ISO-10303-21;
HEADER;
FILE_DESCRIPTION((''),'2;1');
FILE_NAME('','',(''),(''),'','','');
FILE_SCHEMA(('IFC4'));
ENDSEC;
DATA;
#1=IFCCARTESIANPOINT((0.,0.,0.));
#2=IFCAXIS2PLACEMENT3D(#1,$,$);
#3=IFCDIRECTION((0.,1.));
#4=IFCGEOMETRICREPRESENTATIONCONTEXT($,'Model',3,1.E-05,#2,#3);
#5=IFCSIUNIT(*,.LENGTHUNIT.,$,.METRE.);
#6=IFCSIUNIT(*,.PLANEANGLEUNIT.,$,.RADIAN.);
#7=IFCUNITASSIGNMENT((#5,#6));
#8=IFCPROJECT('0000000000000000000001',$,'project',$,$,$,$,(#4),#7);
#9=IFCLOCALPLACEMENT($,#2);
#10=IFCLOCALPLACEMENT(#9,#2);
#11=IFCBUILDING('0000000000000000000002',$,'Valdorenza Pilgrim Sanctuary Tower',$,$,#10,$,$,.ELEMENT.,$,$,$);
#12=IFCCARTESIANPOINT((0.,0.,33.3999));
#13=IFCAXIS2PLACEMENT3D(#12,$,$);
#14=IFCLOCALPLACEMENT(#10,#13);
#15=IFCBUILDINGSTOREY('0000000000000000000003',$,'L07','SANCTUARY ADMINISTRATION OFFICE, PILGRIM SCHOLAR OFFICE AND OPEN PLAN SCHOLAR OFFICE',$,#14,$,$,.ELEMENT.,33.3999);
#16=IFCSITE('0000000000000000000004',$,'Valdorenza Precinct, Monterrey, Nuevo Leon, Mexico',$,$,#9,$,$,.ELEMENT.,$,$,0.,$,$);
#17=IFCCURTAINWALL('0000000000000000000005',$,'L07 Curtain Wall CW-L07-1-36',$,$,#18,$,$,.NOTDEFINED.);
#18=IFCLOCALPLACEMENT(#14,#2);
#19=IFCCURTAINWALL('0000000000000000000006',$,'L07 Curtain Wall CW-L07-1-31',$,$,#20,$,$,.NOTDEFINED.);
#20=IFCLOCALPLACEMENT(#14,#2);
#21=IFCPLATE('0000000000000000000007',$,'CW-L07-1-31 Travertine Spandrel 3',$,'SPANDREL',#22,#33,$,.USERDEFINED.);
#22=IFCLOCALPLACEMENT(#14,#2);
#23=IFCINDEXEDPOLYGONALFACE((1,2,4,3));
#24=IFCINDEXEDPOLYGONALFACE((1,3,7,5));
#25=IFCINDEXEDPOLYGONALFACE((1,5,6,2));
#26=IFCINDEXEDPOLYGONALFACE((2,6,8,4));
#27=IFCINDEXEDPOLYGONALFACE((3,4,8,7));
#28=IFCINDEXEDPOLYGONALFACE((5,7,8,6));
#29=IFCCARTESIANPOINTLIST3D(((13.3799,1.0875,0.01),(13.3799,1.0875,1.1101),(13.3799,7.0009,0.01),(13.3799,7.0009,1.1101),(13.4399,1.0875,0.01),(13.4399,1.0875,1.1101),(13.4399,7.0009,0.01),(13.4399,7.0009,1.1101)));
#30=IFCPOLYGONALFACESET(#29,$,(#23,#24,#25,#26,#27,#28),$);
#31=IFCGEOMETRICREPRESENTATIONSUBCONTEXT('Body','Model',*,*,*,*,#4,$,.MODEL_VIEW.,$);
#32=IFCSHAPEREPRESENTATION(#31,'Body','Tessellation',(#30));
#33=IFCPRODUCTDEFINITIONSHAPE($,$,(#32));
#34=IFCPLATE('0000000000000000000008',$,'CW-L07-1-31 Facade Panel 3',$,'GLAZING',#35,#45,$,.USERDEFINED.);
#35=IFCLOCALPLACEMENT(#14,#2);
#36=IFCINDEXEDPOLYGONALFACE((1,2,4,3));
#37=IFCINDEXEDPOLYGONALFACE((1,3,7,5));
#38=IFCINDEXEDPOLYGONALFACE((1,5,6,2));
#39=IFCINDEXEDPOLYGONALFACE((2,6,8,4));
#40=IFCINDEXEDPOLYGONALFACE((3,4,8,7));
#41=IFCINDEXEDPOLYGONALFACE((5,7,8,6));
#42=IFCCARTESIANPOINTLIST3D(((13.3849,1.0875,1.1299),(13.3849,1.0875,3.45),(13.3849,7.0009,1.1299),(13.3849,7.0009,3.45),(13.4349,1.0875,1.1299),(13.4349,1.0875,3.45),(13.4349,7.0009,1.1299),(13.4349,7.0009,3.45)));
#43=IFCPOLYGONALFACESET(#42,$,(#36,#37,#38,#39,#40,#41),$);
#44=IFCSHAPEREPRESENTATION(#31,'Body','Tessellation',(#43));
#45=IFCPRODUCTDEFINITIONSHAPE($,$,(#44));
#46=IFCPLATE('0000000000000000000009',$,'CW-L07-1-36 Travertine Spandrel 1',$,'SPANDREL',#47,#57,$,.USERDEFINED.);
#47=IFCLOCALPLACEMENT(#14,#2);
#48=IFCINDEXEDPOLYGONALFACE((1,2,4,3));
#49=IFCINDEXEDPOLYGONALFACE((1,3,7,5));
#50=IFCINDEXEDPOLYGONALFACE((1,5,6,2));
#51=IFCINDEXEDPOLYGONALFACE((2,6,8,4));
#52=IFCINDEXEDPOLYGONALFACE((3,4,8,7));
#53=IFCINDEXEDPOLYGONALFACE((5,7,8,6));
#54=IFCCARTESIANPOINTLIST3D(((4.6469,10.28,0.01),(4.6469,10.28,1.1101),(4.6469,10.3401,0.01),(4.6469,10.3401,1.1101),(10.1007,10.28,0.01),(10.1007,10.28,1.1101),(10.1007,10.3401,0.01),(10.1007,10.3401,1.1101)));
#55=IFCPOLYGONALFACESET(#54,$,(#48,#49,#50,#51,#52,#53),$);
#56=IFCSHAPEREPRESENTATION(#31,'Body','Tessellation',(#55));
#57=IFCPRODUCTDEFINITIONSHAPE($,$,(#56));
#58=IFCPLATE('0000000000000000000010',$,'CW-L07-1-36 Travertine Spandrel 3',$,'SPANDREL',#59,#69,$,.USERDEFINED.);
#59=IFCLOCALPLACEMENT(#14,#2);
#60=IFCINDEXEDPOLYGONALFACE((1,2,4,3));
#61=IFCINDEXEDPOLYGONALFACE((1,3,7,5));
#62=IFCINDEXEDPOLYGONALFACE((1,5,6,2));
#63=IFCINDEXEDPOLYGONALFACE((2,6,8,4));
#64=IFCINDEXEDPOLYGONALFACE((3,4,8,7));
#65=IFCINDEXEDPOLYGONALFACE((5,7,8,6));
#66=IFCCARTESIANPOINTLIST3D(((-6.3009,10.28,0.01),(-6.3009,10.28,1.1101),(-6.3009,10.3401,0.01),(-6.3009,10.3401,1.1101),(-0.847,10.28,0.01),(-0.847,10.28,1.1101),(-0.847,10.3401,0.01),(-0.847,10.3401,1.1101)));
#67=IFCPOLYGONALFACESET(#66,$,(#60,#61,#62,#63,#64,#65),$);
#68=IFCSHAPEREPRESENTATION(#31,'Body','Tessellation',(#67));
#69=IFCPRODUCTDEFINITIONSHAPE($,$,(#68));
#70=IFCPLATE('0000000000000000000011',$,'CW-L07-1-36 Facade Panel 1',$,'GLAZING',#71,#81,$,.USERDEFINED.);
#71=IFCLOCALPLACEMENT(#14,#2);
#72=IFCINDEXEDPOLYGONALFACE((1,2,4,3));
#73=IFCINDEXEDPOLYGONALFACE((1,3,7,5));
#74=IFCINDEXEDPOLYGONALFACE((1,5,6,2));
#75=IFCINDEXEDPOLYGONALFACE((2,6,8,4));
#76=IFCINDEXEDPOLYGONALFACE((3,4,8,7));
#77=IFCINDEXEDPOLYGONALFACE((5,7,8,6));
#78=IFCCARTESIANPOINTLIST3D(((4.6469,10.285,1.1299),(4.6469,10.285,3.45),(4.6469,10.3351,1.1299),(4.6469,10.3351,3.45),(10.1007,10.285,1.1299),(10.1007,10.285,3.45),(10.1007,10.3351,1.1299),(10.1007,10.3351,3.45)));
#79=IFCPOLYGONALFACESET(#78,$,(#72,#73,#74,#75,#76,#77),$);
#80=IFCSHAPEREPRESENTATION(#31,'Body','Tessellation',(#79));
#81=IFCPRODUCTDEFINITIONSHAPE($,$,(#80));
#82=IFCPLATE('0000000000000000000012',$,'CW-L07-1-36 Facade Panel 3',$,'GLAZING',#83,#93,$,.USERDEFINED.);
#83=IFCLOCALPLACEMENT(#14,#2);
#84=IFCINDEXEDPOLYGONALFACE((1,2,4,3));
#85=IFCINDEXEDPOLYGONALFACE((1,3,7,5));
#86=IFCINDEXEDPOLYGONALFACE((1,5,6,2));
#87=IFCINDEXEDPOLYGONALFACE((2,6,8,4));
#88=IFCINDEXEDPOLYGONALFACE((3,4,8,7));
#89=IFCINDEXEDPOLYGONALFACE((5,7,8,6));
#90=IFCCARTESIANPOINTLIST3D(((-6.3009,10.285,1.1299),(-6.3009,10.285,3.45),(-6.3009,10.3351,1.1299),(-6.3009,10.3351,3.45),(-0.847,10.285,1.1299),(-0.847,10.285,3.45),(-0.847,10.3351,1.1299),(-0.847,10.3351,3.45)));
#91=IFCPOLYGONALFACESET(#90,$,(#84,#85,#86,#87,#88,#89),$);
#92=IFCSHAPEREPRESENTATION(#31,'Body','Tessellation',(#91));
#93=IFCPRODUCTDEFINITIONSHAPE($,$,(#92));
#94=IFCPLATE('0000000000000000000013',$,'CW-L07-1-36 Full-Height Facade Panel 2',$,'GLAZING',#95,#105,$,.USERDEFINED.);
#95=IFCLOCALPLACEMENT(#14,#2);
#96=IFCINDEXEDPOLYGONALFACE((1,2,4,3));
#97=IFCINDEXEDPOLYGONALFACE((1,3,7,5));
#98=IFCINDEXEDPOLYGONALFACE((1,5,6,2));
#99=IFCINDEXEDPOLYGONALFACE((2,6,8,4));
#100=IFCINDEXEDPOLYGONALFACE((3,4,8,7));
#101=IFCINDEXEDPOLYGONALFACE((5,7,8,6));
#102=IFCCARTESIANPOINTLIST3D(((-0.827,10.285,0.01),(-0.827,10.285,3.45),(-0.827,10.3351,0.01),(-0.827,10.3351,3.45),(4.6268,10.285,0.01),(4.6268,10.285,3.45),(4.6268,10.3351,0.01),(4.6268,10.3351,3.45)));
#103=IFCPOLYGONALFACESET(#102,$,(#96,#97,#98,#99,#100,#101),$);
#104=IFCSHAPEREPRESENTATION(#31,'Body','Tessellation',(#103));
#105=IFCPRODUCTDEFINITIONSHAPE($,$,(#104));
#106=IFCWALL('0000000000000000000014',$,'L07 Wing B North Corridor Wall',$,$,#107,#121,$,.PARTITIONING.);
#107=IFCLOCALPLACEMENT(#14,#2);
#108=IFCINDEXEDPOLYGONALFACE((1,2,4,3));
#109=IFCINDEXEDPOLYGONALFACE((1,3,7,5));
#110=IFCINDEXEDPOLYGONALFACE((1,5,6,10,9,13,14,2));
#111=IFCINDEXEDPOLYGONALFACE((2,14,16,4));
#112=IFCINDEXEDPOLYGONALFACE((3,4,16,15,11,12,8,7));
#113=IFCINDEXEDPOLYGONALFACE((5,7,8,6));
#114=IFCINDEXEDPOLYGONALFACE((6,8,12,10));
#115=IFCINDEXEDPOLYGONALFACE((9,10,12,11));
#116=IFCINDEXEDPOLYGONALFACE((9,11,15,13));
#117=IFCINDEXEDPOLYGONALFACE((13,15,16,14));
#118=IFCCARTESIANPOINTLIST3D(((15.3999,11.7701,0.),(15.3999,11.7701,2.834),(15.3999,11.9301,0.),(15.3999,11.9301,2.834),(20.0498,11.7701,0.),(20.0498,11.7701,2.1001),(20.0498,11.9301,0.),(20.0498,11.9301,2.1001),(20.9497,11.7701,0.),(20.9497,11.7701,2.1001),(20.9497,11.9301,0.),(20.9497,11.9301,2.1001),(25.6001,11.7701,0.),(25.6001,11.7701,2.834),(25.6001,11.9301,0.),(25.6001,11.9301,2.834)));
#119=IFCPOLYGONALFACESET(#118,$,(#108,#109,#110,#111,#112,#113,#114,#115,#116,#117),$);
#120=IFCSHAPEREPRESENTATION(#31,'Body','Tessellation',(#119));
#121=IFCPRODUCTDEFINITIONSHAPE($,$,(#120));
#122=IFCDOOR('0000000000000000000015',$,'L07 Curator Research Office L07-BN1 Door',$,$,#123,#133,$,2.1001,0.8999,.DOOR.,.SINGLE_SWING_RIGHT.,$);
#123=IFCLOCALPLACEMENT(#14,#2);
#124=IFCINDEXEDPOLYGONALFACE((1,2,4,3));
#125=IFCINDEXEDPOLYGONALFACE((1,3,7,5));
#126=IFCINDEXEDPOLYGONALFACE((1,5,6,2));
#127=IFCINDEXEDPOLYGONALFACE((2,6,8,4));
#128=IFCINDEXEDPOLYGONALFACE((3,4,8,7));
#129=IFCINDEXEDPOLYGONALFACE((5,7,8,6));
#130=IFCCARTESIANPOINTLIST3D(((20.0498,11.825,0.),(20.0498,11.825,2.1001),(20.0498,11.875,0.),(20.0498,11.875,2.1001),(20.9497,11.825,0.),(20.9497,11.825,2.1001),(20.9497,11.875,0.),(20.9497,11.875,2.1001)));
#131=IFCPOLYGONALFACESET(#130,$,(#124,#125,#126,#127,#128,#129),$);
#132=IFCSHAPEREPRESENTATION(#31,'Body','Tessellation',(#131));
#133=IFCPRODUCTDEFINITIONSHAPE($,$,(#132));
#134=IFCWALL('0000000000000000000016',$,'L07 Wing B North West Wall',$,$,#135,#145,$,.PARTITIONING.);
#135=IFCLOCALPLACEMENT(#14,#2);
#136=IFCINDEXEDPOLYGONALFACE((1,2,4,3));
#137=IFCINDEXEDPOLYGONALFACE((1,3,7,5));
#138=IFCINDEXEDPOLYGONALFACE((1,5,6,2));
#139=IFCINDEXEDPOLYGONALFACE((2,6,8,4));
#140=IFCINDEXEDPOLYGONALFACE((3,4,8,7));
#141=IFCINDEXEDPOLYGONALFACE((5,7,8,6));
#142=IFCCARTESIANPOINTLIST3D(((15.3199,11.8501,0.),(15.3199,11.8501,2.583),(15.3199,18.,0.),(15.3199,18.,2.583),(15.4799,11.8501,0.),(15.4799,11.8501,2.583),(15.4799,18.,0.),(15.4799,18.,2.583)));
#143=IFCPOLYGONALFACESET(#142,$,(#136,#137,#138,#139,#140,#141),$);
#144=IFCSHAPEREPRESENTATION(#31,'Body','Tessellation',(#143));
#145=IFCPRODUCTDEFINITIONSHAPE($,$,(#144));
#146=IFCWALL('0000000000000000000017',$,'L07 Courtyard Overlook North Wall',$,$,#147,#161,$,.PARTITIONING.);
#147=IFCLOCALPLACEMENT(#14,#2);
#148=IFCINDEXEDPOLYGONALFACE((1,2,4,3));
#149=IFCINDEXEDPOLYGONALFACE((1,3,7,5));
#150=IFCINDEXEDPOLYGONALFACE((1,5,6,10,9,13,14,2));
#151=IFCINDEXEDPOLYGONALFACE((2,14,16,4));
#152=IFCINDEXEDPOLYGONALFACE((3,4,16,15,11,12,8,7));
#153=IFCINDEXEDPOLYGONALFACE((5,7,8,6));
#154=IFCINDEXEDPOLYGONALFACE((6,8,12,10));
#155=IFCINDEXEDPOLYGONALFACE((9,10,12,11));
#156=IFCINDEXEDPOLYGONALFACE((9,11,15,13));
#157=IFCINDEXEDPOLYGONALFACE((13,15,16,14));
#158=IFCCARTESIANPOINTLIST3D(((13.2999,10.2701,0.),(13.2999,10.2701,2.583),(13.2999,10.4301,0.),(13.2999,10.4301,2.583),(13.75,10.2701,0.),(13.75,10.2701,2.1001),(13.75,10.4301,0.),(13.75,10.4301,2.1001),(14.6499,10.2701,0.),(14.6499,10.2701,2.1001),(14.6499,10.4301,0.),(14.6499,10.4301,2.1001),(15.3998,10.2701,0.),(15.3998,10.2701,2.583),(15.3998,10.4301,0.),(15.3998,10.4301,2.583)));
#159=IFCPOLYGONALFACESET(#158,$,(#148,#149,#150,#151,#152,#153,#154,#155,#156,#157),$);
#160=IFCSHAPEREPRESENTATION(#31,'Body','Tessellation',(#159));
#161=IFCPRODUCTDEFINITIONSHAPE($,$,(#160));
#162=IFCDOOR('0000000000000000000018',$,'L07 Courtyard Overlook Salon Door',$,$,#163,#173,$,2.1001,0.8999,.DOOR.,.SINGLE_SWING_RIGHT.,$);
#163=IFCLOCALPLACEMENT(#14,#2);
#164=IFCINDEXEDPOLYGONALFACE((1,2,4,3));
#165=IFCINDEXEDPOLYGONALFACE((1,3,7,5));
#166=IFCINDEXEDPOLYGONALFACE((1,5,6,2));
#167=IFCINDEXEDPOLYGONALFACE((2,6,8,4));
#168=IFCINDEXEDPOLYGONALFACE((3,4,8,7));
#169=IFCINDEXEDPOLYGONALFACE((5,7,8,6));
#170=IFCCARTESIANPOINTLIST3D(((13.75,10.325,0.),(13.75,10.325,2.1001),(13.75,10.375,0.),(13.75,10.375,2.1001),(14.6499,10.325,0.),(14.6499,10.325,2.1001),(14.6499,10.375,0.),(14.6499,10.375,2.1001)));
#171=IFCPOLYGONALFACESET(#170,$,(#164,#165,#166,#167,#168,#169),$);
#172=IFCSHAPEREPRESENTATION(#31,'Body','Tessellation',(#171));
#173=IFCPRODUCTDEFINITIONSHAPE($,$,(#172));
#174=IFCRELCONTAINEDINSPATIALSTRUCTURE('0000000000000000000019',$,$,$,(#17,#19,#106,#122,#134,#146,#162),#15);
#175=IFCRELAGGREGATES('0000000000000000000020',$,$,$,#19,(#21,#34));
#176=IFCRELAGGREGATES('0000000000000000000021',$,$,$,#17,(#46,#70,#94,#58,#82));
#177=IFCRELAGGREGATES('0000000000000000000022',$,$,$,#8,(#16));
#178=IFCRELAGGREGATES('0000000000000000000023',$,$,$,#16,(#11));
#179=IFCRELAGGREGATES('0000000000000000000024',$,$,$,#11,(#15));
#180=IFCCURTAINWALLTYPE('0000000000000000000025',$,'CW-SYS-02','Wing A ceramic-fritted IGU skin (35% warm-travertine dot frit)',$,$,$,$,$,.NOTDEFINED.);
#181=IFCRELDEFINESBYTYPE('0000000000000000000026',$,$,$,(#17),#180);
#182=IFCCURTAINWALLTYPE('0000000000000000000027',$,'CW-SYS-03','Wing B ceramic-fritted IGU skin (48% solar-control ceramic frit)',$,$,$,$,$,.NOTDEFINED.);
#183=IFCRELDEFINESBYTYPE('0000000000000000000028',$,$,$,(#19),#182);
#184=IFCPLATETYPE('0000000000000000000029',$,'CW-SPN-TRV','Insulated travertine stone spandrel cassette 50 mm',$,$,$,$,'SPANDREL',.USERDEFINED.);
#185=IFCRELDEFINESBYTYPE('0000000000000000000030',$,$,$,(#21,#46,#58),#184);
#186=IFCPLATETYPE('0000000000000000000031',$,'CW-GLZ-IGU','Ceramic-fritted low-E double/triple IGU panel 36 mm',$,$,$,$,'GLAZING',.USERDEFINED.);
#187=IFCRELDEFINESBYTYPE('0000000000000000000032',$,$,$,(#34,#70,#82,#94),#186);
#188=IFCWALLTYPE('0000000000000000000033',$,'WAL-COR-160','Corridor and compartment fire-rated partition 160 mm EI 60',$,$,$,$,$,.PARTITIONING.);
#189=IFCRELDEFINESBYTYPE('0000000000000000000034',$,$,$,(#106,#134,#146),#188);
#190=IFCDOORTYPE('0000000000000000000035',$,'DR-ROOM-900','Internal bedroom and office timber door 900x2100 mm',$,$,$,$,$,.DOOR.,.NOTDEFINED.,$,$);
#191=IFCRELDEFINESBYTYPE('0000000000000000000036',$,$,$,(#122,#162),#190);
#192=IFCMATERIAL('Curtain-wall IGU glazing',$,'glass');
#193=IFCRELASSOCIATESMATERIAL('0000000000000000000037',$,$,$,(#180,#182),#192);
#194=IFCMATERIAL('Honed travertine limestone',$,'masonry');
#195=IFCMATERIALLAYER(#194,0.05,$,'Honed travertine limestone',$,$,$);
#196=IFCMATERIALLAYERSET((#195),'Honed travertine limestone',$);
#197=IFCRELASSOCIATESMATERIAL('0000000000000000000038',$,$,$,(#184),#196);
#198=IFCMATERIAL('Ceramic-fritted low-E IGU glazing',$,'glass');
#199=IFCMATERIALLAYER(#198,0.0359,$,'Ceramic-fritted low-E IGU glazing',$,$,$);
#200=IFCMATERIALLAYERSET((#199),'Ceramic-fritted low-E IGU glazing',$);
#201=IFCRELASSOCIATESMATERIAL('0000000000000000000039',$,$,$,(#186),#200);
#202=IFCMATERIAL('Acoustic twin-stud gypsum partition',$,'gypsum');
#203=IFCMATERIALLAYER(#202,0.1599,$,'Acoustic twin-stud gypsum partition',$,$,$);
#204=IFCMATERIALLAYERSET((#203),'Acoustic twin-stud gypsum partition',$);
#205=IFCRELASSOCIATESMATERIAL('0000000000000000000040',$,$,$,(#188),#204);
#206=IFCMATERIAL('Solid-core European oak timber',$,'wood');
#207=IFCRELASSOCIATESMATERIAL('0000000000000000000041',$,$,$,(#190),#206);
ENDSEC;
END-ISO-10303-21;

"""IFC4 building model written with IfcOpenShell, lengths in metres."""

from ifc_helpers import new_model, si_unit, direction, frame, frame_2d, origin, origin_2d, place, context, subcontext, project, spatial, rectangle, extrude, source, transform, mapped, material, layer, layer_set, type_object, element, fill, aggregate, save


model = new_model("IFC4")

# Units and contexts
model_context = context("Model", 3, precision=1e-05, world=origin(), true_north=direction((0.0, 1.0)))
body_context = subcontext(model_context, "Body", "Model", "MODEL_VIEW")
ifc_project = project(units=[si_unit("LENGTHUNIT", "METRE"), si_unit("PLANEANGLEUNIT", "RADIAN")], contexts=[model_context])

# Site, building, storey
site_placement = place(None, origin())
site = spatial("IfcSite", under=ifc_project, at=site_placement, Name="Valdorenza Precinct, Monterrey, Nuevo Leon, Mexico", CompositionType="ELEMENT", RefElevation=0.0)
building_placement = place(site_placement, origin())
building = spatial("IfcBuilding", under=site, at=building_placement, Name="Valdorenza Pilgrim Sanctuary Tower", CompositionType="ELEMENT")
storey_placement = place(building_placement, frame((0.0, 0.0, 33.3999)))
storey = spatial("IfcBuildingStorey", under=building, at=storey_placement, Name="L07", Description="SANCTUARY ADMINISTRATION OFFICE, PILGRIM SCHOLAR OFFICE AND OPEN PLAN SCHOLAR OFFICE", CompositionType="ELEMENT", Elevation=33.3999)

# Curtain wall
ifc_material_1 = material(Name="Curtain-wall IGU glazing", Category="glass")
curtain_wall_type_1 = type_object("IfcCurtainWallType", Name="CW-SYS-02", Description="Wing A ceramic-fritted IGU skin (35% warm-travertine dot frit)", PredefinedType="NOTDEFINED", material=ifc_material_1)
curtain_wall_1_placement = place(storey_placement, origin())
curtain_wall_1 = element("IfcCurtainWall", 1, at=curtain_wall_1_placement, inside=storey, type_object=curtain_wall_type_1, Name="L07 Curtain Wall CW-L07-1-36", PredefinedType="NOTDEFINED")

# Curtain wall, plates
curtain_wall_type_2 = type_object("IfcCurtainWallType", Name="CW-SYS-03", Description="Wing B ceramic-fritted IGU skin (48% solar-control ceramic frit)", PredefinedType="NOTDEFINED", material=ifc_material_1)
curtain_wall_2_placement = place(storey_placement, origin())
curtain_wall_2 = element("IfcCurtainWall", 2, at=curtain_wall_2_placement, inside=storey, type_object=curtain_wall_type_2, Name="L07 Curtain Wall CW-L07-1-31", PredefinedType="NOTDEFINED")
ifc_material_2 = material(Name="Honed travertine limestone", Category="masonry")
ifc_layer_1 = layer(ifc_material_2, 0.05, Name="Honed travertine limestone")
ifc_layer_set_1 = layer_set([ifc_layer_1], Name="Honed travertine limestone")
plate_type_1 = type_object("IfcPlateType", Name="CW-SPN-TRV", Description="Insulated travertine stone spandrel cassette 50 mm", ElementType="SPANDREL", PredefinedType="USERDEFINED", material=ifc_layer_set_1)
shared_shape_1 = source(origin(), body_context, "Body", "SweptSolid", [
    extrude(rectangle(XDim=5.9133, YDim=0.0601, at=origin_2d()), origin(), (0.0, 0.0, 1.0), 1.1001),
])
plate_1_placement = place(storey_placement, frame((13.4099, 4.0442, 0.01), z_axis=(0.0, 0.0, 1.0), x_axis=(0.0, 1.0, 0.0)))
plate_1 = element("IfcPlate", 3, at=plate_1_placement, type_object=plate_type_1, Name="CW-L07-1-31 Travertine Spandrel 3", ObjectType="SPANDREL", PredefinedType="USERDEFINED", context=body_context, shape_type="MappedRepresentation", body=[
    mapped(shared_shape_1, transform((0.0, 0.0, 0.0), x_axis=(1.0, 0.0, 0.0), y_axis=(0.0, 1.0, 0.0), z_axis=(0.0, 0.0, 1.0), scale=1.0)),
])
ifc_material_3 = material(Name="Ceramic-fritted low-E IGU glazing", Category="glass")
ifc_layer_2 = layer(ifc_material_3, 0.0359, Name="Ceramic-fritted low-E IGU glazing")
ifc_layer_set_2 = layer_set([ifc_layer_2], Name="Ceramic-fritted low-E IGU glazing")
plate_type_2 = type_object("IfcPlateType", Name="CW-GLZ-IGU", Description="Ceramic-fritted low-E double/triple IGU panel 36 mm", ElementType="GLAZING", PredefinedType="USERDEFINED", material=ifc_layer_set_2)
shared_shape_2 = source(origin(), body_context, "Body", "SweptSolid", [
    extrude(rectangle(XDim=5.9133, YDim=0.05, at=origin_2d()), origin(), (0.0, 0.0, 1.0), 2.3201),
])
plate_2_placement = place(storey_placement, frame((13.4099, 4.0442, 1.1299), z_axis=(0.0, 0.0, 1.0), x_axis=(0.0, 1.0, 0.0)))
plate_2 = element("IfcPlate", 4, at=plate_2_placement, type_object=plate_type_2, Name="CW-L07-1-31 Facade Panel 3", ObjectType="GLAZING", PredefinedType="USERDEFINED", context=body_context, shape_type="MappedRepresentation", body=[
    mapped(shared_shape_2, transform((0.0, 0.0, 0.0), x_axis=(1.0, 0.0, 0.0), y_axis=(0.0, 1.0, 0.0), z_axis=(0.0, 0.0, 1.0), scale=1.0)),
])
aggregate(curtain_wall_2, [plate_1, plate_2])

# Plates
shared_shape_3 = source(origin(), body_context, "Body", "SweptSolid", [
    extrude(rectangle(XDim=5.4539, YDim=0.0601, at=origin_2d()), origin(), (0.0, 0.0, 1.0), 1.1001),
])
plate_3_placement = place(storey_placement, frame((7.3738, 10.3101, 0.01), z_axis=(0.0, 0.0, 1.0), x_axis=(-1.0, 0.0, 0.0)))
plate_3 = element("IfcPlate", 5, at=plate_3_placement, type_object=plate_type_1, Name="CW-L07-1-36 Travertine Spandrel 1", ObjectType="SPANDREL", PredefinedType="USERDEFINED", context=body_context, shape_type="MappedRepresentation", body=[
    mapped(shared_shape_3, transform((0.0, 0.0, 0.0), x_axis=(1.0, 0.0, 0.0), y_axis=(0.0, 1.0, 0.0), z_axis=(0.0, 0.0, 1.0), scale=1.0)),
])
plate_4_placement = place(storey_placement, frame((-3.574, 10.3101, 0.01), z_axis=(0.0, 0.0, 1.0), x_axis=(-1.0, 0.0, 0.0)))
plate_4 = element("IfcPlate", 6, at=plate_4_placement, type_object=plate_type_1, Name="CW-L07-1-36 Travertine Spandrel 3", ObjectType="SPANDREL", PredefinedType="USERDEFINED", context=body_context, shape_type="MappedRepresentation", body=[
    mapped(shared_shape_3, transform((0.0, 0.0, 0.0), x_axis=(1.0, 0.0, 0.0), y_axis=(0.0, 1.0, 0.0), z_axis=(0.0, 0.0, 1.0), scale=1.0)),
])
shared_shape_4 = source(origin(), body_context, "Body", "SweptSolid", [
    extrude(rectangle(XDim=5.4539, YDim=0.05, at=origin_2d()), origin(), (0.0, 0.0, 1.0), 2.3201),
])
plate_5_placement = place(storey_placement, frame((7.3738, 10.3101, 1.1299), z_axis=(0.0, 0.0, 1.0), x_axis=(-1.0, 0.0, 0.0)))
plate_5 = element("IfcPlate", 7, at=plate_5_placement, type_object=plate_type_2, Name="CW-L07-1-36 Facade Panel 1", ObjectType="GLAZING", PredefinedType="USERDEFINED", context=body_context, shape_type="MappedRepresentation", body=[
    mapped(shared_shape_4, transform((0.0, 0.0, 0.0), x_axis=(1.0, 0.0, 0.0), y_axis=(0.0, 1.0, 0.0), z_axis=(0.0, 0.0, 1.0), scale=1.0)),
])
plate_6_placement = place(storey_placement, frame((-3.574, 10.3101, 1.1299), z_axis=(0.0, 0.0, 1.0), x_axis=(-1.0, 0.0, 0.0)))
plate_6 = element("IfcPlate", 8, at=plate_6_placement, type_object=plate_type_2, Name="CW-L07-1-36 Facade Panel 3", ObjectType="GLAZING", PredefinedType="USERDEFINED", context=body_context, shape_type="MappedRepresentation", body=[
    mapped(shared_shape_4, transform((0.0, 0.0, 0.0), x_axis=(1.0, 0.0, 0.0), y_axis=(0.0, 1.0, 0.0), z_axis=(0.0, 0.0, 1.0), scale=1.0)),
])
shared_shape_5 = source(origin(), body_context, "Body", "SweptSolid", [
    extrude(rectangle(XDim=5.4539, YDim=0.05, at=origin_2d()), origin(), (0.0, 0.0, 1.0), 3.4399),
])
plate_7_placement = place(storey_placement, frame((1.8999, 10.3101, 0.01), z_axis=(0.0, 0.0, 1.0), x_axis=(-1.0, 0.0, 0.0)))
plate_7 = element("IfcPlate", 9, at=plate_7_placement, type_object=plate_type_2, Name="CW-L07-1-36 Full-Height Facade Panel 2", ObjectType="GLAZING", PredefinedType="USERDEFINED", context=body_context, shape_type="MappedRepresentation", body=[
    mapped(shared_shape_5, transform((0.0, 0.0, 0.0), x_axis=(1.0, 0.0, 0.0), y_axis=(0.0, 1.0, 0.0), z_axis=(0.0, 0.0, 1.0), scale=1.0)),
])
aggregate(curtain_wall_1, [plate_3, plate_5, plate_7, plate_4, plate_6])

# Wall, opening, door
ifc_material_4 = material(Name="Acoustic twin-stud gypsum partition", Category="gypsum")
ifc_layer_3 = layer(ifc_material_4, 0.1599, Name="Acoustic twin-stud gypsum partition")
ifc_layer_set_3 = layer_set([ifc_layer_3], Name="Acoustic twin-stud gypsum partition")
wall_type_1 = type_object("IfcWallType", Name="WAL-COR-160", Description="Corridor and compartment fire-rated partition 160 mm EI 60", PredefinedType="PARTITIONING", material=ifc_layer_set_3)
wall_1_placement = place(storey_placement, frame((15.3999, 11.8501, 0.0), z_axis=(0.0, 0.0, 1.0), x_axis=(1.0, 0.0, 0.0)))
wall_1 = element("IfcWall", 10, at=wall_1_placement, inside=storey, type_object=wall_type_1, Name="L07 Wing B North Corridor Wall", PredefinedType="PARTITIONING", context=body_context, shape_type="SweptSolid", body=[
    extrude(rectangle(XDim=10.2002, YDim=0.1599, at=frame_2d((5.1001, 0.0))), origin(), (0.0, 0.0, 1.0), 2.834),
])
opening_1_placement = place(wall_1_placement, frame((4.6499, 0.0, 0.0)))
opening_1 = element("IfcOpeningElement", 11, at=opening_1_placement, cuts=wall_1, PredefinedType="OPENING", context=body_context, shape_type="SweptSolid", body=[
    extrude(rectangle(XDim=0.8999, YDim=2.1001, at=frame_2d((0.45, 1.05))), frame((0.0, 0.0947, 0.0), z_axis=(0.0, -1.0, 0.0), x_axis=(1.0, 0.0, 0.0)), (0.0, 0.0, 1.0), 0.1897),
])
ifc_material_5 = material(Name="Solid-core European oak timber", Category="wood")
door_type = type_object("IfcDoorType", Name="DR-ROOM-900", Description="Internal bedroom and office timber door 900x2100 mm", OperationType="NOTDEFINED", PredefinedType="DOOR", material=ifc_material_5)
door_1_placement = place(opening_1_placement, origin())
door_1 = element("IfcDoor", 12, at=door_1_placement, inside=storey, type_object=door_type, Name="L07 Curator Research Office L07-BN1 Door", OperationType="SINGLE_SWING_RIGHT", OverallHeight=2.1001, OverallWidth=0.8999, PredefinedType="DOOR", context=body_context, shape_type="SweptSolid", body=[
    extrude(rectangle(XDim=0.8999, YDim=2.1001, at=frame_2d((0.45, 1.05))), frame((0.0, 0.0249, 0.0), z_axis=(0.0, -1.0, 0.0), x_axis=(1.0, 0.0, 0.0)), (0.0, 0.0, 1.0), 0.05),
])
fill(opening_1, door_1)

# Wall
wall_2_placement = place(storey_placement, frame((15.3999, 11.8501, 0.0), z_axis=(0.0, 0.0, 1.0), x_axis=(0.0, 1.0, 0.0)))
element("IfcWall", 13, at=wall_2_placement, inside=storey, type_object=wall_type_1, Name="L07 Wing B North West Wall", PredefinedType="PARTITIONING", context=body_context, shape_type="SweptSolid", body=[
    extrude(rectangle(XDim=6.1499, YDim=0.1599, at=frame_2d((3.075, 0.0))), origin(), (0.0, 0.0, 1.0), 2.583),
])

# Wall, opening, door
wall_3_placement = place(storey_placement, frame((13.3, 10.3501, 0.0), z_axis=(0.0, 0.0, 1.0), x_axis=(1.0, 0.0, 0.0)))
wall_3 = element("IfcWall", 14, at=wall_3_placement, inside=storey, type_object=wall_type_1, Name="L07 Courtyard Overlook North Wall", PredefinedType="PARTITIONING", context=body_context, shape_type="SweptSolid", body=[
    extrude(rectangle(XDim=2.0999, YDim=0.1599, at=frame_2d((1.0498, 0.0))), origin(), (0.0, 0.0, 1.0), 2.583),
])
opening_2_placement = place(wall_3_placement, frame((0.45, 0.0, 0.0)))
opening_2 = element("IfcOpeningElement", 15, at=opening_2_placement, cuts=wall_3, PredefinedType="OPENING", context=body_context, shape_type="SweptSolid", body=[
    extrude(rectangle(XDim=0.8999, YDim=2.1001, at=frame_2d((0.45, 1.05))), frame((0.0, 0.0947, 0.0), z_axis=(0.0, -1.0, 0.0), x_axis=(1.0, 0.0, 0.0)), (0.0, 0.0, 1.0), 0.1897),
])
door_2_placement = place(opening_2_placement, origin())
door_2 = element("IfcDoor", 16, at=door_2_placement, inside=storey, type_object=door_type, Name="L07 Courtyard Overlook Salon Door", OperationType="SINGLE_SWING_RIGHT", OverallHeight=2.1001, OverallWidth=0.8999, PredefinedType="DOOR", context=body_context, shape_type="SweptSolid", body=[
    extrude(rectangle(XDim=0.8999, YDim=2.1001, at=frame_2d((0.45, 1.05))), frame((0.0, 0.0249, 0.0), z_axis=(0.0, -1.0, 0.0), x_axis=(1.0, 0.0, 0.0)), (0.0, 0.0, 1.0), 0.05),
])
fill(opening_2, door_2)

save(model, "model.ifc")
